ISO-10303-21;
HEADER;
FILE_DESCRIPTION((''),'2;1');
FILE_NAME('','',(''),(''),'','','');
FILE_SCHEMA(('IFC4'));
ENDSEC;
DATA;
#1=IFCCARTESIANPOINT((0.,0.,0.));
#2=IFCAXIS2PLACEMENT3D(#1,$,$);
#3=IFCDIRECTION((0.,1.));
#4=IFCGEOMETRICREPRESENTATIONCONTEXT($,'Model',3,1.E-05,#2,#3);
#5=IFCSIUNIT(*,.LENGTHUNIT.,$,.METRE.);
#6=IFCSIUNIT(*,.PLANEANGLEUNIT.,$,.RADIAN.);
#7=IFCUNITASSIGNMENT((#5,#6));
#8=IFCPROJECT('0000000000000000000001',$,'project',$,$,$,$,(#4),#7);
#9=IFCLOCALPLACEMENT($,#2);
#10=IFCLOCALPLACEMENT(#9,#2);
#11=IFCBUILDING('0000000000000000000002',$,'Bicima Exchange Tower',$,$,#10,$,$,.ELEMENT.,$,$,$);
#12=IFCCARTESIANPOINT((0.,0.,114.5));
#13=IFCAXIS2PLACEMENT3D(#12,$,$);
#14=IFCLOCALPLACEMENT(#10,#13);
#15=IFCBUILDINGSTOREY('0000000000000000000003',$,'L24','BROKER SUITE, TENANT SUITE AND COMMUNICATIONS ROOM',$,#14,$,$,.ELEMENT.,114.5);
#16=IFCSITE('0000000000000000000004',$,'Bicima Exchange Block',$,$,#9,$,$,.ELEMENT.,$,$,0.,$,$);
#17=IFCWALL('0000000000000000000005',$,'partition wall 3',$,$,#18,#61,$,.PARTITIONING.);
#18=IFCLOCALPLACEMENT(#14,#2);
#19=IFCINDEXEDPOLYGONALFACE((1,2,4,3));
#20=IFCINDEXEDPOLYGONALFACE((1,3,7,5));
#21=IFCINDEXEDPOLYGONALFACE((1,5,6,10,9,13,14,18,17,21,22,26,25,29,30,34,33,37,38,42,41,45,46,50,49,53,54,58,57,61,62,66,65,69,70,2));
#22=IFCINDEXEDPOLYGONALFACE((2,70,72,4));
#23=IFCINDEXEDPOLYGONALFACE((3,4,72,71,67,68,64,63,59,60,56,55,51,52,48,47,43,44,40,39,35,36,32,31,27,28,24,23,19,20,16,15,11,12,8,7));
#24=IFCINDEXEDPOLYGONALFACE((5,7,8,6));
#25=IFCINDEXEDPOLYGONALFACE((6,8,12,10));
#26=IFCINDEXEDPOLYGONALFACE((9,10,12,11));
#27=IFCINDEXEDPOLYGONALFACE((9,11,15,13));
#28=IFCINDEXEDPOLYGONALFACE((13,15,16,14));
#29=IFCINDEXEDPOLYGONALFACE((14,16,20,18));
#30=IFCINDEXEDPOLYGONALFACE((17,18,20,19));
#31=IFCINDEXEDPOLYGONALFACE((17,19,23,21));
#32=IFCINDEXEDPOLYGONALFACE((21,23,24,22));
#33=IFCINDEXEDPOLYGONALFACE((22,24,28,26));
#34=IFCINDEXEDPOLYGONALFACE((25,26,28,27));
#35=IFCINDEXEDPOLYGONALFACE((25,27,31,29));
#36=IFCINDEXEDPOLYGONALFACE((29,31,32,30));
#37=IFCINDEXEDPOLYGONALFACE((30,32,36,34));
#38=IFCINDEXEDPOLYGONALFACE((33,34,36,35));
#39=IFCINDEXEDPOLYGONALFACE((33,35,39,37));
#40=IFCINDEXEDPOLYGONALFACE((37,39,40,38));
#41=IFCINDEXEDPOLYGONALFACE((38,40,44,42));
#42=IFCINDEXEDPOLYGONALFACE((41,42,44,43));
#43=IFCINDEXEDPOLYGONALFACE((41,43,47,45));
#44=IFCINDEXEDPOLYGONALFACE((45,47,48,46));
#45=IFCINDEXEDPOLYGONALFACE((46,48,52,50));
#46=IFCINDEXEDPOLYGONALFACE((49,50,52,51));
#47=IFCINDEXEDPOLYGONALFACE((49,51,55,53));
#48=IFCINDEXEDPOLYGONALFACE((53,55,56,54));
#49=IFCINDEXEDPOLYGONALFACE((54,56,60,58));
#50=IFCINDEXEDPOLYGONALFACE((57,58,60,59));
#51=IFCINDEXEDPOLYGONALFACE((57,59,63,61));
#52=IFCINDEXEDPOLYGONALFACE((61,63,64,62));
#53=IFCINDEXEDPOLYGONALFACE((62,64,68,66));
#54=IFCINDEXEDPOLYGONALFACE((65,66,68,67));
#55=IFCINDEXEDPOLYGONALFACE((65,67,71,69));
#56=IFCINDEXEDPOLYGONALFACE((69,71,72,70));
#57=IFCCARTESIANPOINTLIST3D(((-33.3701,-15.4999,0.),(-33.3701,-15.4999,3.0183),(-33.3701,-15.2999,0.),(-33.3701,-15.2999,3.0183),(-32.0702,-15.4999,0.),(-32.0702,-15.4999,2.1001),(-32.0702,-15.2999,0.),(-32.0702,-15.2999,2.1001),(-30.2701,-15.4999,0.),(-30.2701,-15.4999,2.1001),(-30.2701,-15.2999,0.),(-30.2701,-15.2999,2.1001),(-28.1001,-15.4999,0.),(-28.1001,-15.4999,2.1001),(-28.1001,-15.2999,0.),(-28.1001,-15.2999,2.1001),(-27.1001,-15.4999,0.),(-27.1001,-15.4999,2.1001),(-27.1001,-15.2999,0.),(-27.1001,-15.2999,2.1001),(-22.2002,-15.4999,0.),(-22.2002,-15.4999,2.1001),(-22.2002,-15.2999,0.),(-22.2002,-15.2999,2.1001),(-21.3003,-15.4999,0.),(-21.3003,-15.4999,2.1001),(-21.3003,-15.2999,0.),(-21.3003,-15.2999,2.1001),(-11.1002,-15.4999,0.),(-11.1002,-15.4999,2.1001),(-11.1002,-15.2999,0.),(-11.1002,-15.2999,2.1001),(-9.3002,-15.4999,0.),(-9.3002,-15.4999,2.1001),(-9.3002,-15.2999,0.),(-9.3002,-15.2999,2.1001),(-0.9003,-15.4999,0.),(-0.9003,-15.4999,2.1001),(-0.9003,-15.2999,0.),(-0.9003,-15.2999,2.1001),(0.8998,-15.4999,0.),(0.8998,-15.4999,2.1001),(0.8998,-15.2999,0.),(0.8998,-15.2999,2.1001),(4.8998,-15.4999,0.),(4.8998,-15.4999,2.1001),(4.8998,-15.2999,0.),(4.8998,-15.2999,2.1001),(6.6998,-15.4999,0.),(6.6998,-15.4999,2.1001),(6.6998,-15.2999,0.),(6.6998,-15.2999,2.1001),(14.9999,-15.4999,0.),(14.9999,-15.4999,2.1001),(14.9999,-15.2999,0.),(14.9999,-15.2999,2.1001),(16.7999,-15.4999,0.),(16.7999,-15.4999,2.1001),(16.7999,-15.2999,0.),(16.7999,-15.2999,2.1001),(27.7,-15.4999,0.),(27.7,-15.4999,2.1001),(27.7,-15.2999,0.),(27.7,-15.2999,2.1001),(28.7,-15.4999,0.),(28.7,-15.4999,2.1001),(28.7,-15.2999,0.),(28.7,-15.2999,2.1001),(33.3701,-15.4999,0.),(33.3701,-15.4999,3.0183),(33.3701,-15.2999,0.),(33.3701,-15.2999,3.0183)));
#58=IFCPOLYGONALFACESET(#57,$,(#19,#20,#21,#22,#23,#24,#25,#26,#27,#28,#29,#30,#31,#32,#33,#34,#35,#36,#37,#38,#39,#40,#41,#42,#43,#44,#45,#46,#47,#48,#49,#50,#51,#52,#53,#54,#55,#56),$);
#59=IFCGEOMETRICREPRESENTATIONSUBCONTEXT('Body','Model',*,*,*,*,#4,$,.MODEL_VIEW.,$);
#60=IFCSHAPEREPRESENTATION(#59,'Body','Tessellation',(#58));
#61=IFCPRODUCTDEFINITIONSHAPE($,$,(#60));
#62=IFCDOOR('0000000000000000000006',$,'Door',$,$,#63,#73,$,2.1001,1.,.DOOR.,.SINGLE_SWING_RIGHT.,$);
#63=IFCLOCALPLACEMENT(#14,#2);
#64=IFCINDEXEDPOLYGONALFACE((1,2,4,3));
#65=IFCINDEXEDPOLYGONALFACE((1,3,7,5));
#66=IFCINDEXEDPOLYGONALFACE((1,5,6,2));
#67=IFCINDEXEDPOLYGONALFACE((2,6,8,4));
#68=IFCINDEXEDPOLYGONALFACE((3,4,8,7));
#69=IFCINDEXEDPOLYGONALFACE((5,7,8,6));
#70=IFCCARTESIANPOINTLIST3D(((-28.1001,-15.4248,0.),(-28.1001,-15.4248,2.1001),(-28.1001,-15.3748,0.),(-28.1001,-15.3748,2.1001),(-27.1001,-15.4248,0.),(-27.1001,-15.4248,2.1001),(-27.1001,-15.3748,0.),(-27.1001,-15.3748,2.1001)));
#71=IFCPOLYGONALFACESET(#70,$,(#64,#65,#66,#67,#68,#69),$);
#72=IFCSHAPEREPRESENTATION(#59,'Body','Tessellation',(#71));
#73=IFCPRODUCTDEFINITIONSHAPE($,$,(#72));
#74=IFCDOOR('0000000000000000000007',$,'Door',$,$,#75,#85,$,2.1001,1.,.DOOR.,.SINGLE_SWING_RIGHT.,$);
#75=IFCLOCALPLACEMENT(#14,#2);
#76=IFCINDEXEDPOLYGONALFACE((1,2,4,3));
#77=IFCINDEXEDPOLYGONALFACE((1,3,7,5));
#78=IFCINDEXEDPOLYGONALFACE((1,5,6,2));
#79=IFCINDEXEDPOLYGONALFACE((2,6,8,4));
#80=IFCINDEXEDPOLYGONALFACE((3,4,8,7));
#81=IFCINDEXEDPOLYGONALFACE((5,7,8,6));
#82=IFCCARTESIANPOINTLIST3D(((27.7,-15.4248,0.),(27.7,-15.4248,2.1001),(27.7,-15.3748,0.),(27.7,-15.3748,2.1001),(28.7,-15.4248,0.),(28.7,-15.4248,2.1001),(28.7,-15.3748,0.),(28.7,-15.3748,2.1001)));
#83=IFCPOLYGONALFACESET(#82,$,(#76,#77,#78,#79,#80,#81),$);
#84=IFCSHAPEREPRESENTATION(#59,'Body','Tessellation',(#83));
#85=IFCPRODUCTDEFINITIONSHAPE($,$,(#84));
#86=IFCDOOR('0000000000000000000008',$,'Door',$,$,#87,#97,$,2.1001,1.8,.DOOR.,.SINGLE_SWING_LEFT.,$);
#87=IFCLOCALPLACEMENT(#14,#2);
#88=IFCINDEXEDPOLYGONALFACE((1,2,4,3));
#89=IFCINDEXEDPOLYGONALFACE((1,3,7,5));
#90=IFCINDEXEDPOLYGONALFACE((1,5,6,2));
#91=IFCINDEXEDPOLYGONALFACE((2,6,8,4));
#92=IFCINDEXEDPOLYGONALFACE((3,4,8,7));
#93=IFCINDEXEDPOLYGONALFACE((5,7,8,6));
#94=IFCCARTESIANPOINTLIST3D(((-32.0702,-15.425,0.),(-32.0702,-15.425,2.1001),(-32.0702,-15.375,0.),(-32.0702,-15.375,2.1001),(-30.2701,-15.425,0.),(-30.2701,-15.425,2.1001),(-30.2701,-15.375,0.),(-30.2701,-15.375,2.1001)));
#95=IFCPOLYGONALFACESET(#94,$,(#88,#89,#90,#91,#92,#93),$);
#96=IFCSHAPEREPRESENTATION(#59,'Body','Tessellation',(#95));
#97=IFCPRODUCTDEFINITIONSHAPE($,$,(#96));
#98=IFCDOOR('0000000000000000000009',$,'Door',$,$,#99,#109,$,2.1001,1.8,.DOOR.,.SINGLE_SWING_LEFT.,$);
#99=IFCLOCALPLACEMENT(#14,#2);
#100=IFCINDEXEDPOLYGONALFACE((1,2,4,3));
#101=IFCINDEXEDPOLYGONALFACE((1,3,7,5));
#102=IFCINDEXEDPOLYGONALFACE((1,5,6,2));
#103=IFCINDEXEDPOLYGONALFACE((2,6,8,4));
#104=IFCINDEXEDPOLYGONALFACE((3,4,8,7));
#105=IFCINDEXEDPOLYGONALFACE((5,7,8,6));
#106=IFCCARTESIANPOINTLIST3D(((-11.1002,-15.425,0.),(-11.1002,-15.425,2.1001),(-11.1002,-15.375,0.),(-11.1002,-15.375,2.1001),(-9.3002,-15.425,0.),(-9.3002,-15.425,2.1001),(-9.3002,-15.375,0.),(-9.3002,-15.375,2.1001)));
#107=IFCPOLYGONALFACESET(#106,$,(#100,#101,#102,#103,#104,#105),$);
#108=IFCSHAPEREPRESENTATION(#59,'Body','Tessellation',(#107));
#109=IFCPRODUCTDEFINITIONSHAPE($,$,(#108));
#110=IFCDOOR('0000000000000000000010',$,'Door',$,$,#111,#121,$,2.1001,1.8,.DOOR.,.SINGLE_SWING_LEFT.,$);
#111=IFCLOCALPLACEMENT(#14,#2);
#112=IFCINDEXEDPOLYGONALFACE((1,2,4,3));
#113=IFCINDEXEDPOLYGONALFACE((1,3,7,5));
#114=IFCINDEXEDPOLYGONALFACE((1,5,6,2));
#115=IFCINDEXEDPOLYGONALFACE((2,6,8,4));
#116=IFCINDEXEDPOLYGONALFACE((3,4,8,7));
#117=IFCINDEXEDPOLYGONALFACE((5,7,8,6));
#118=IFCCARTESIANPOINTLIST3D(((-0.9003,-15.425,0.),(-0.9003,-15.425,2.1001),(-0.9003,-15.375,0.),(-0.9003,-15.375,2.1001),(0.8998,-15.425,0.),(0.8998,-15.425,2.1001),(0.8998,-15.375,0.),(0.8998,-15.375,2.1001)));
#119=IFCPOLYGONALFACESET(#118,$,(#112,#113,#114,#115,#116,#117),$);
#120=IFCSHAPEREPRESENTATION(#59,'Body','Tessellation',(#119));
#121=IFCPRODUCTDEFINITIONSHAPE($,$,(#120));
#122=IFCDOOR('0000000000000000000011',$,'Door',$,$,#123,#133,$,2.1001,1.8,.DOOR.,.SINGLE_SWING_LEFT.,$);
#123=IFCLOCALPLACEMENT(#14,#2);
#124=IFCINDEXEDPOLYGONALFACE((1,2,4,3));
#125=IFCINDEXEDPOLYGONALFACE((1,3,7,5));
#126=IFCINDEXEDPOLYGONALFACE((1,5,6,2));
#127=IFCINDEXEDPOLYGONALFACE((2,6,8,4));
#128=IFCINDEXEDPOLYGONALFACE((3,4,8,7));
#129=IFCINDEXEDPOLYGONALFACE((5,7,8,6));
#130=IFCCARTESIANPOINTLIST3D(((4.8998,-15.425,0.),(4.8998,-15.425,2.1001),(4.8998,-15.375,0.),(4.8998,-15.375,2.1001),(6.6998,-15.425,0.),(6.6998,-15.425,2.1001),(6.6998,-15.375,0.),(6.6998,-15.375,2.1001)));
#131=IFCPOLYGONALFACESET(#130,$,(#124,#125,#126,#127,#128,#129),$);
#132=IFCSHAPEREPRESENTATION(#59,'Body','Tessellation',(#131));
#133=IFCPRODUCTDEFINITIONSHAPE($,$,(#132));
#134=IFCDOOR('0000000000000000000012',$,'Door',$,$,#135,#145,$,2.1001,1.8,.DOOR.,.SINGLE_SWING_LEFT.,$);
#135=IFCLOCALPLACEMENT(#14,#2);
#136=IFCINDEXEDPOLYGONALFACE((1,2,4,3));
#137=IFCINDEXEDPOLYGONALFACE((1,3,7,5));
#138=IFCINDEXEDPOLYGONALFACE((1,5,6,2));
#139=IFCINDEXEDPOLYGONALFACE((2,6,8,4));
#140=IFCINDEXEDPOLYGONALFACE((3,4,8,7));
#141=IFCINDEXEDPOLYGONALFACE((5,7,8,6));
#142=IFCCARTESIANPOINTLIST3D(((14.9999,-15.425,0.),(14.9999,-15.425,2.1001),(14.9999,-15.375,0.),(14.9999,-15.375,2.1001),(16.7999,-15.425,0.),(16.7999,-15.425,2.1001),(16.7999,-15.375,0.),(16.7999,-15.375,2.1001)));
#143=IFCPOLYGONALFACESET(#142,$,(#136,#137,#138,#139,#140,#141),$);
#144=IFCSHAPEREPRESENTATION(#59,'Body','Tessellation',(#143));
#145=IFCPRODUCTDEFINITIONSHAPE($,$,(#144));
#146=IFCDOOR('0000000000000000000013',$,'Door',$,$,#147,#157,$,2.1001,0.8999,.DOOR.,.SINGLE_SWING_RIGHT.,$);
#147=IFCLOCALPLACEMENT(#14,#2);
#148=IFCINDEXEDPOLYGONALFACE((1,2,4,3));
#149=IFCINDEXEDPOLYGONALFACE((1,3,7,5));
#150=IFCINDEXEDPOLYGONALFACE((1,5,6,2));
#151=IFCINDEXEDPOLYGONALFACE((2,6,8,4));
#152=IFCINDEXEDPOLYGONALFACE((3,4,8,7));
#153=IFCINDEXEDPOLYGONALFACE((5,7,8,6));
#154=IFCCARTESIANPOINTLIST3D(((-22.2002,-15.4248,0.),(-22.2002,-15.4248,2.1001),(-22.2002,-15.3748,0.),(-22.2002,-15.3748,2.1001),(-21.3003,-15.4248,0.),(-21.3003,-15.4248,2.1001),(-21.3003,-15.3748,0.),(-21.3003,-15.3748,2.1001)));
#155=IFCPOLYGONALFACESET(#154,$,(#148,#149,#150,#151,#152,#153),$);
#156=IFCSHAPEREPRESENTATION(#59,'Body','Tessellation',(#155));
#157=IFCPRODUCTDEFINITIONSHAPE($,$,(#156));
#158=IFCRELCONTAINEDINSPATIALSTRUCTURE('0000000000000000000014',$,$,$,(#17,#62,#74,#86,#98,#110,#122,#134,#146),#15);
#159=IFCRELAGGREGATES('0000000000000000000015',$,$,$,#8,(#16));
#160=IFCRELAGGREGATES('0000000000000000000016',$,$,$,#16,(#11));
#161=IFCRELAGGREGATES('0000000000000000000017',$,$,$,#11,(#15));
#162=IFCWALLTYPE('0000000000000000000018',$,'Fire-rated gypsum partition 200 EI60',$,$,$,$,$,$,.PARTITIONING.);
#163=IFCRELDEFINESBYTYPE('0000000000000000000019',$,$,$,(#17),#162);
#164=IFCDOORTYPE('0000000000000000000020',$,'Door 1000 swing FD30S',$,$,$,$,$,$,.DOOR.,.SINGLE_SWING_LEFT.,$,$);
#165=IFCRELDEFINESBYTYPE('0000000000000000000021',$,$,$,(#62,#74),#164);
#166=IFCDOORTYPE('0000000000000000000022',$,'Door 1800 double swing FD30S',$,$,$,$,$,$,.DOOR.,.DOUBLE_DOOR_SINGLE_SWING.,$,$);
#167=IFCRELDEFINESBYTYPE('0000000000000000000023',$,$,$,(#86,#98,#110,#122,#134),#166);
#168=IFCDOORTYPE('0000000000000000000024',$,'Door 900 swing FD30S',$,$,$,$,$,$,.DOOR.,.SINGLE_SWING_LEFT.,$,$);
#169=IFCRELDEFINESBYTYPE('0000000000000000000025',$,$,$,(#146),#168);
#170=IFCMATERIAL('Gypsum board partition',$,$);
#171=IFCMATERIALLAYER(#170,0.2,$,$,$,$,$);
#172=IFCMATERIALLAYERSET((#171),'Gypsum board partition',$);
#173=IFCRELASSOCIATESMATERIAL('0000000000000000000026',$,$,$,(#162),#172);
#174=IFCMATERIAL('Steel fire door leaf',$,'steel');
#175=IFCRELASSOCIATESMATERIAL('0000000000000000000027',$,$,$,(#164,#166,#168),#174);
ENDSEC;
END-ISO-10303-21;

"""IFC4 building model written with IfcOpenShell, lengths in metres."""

from ifc_helpers import new_model, si_unit, direction, frame, frame_2d, origin, place, context, subcontext, project, spatial, rectangle, extrude, material, layer, layer_set, type_object, element, fill, save


model = new_model("IFC4")

# Units and contexts
model_context = context("Model", 3, precision=1e-05, world=origin(), true_north=direction((0.0, 1.0)))
body_context = subcontext(model_context, "Body", "Model", "MODEL_VIEW")
ifc_project = project(units=[si_unit("LENGTHUNIT", "METRE"), si_unit("PLANEANGLEUNIT", "RADIAN")], contexts=[model_context])

# Site, building, storey
site_placement = place(None, origin())
site = spatial("IfcSite", under=ifc_project, at=site_placement, Name="Bicima Exchange Block", CompositionType="ELEMENT", RefElevation=0.0)
building_placement = place(site_placement, origin())
building = spatial("IfcBuilding", under=site, at=building_placement, Name="Bicima Exchange Tower", CompositionType="ELEMENT")
storey_placement = place(building_placement, frame((0.0, 0.0, 114.5)))
storey = spatial("IfcBuildingStorey", under=building, at=storey_placement, Name="L24", Description="BROKER SUITE, TENANT SUITE AND COMMUNICATIONS ROOM", CompositionType="ELEMENT", Elevation=114.5)

# Wall, openings, doors
ifc_material_1 = material(Name="Gypsum board partition")
ifc_layer_1 = layer(ifc_material_1, 0.2)
ifc_layer_set_1 = layer_set([ifc_layer_1], Name="Gypsum board partition")
wall_type_1 = type_object("IfcWallType", Name="Fire-rated gypsum partition 200 EI60", PredefinedType="PARTITIONING", material=ifc_layer_set_1)
wall_1_placement = place(storey_placement, frame((-33.3701, -15.3999, 0.0), z_axis=(0.0, 0.0, 1.0), x_axis=(1.0, 0.0, 0.0)))
wall_1 = element("IfcWall", 1, at=wall_1_placement, inside=storey, type_object=wall_type_1, Name="partition wall 3", PredefinedType="PARTITIONING", context=body_context, shape_type="SweptSolid", body=[
    extrude(rectangle(XDim=66.7402, YDim=0.2, at=frame_2d((33.3701, 0.0))), origin(), (0.0, 0.0, 1.0), 3.0183),
])
opening_1_placement = place(wall_1_placement, frame((1.3, 0.0, 0.0)))
opening_1 = element("IfcOpeningElement", 2, at=opening_1_placement, cuts=wall_1, PredefinedType="OPENING", context=body_context, shape_type="SweptSolid", body=[
    extrude(rectangle(XDim=1.8, YDim=2.1001, at=frame_2d((0.8999, 1.05))), frame((0.0, 0.1118, 0.0), z_axis=(0.0, -1.0, 0.0), x_axis=(1.0, 0.0, 0.0)), (0.0, 0.0, 1.0), 0.2239),
])
opening_2_placement = place(wall_1_placement, frame((5.27, 0.0, 0.0)))
opening_2 = element("IfcOpeningElement", 3, at=opening_2_placement, cuts=wall_1, PredefinedType="OPENING", context=body_context, shape_type="SweptSolid", body=[
    extrude(rectangle(XDim=1.0, YDim=2.1001, at=frame_2d((0.5, 1.05))), frame((0.0, 0.1118, 0.0), z_axis=(0.0, -1.0, 0.0), x_axis=(1.0, 0.0, 0.0)), (0.0, 0.0, 1.0), 0.2239),
])
opening_3_placement = place(wall_1_placement, frame((11.1699, 0.0, 0.0)))
opening_3 = element("IfcOpeningElement", 4, at=opening_3_placement, cuts=wall_1, PredefinedType="OPENING", context=body_context, shape_type="SweptSolid", body=[
    extrude(rectangle(XDim=0.8999, YDim=2.1001, at=frame_2d((0.45, 1.05))), frame((0.0, 0.1118, 0.0), z_axis=(0.0, -1.0, 0.0), x_axis=(1.0, 0.0, 0.0)), (0.0, 0.0, 1.0), 0.2239),
])
opening_4_placement = place(wall_1_placement, frame((22.27, 0.0, 0.0)))
opening_4 = element("IfcOpeningElement", 5, at=opening_4_placement, cuts=wall_1, PredefinedType="OPENING", context=body_context, shape_type="SweptSolid", body=[
    extrude(rectangle(XDim=1.8, YDim=2.1001, at=frame_2d((0.8999, 1.05))), frame((0.0, 0.1118, 0.0), z_axis=(0.0, -1.0, 0.0), x_axis=(1.0, 0.0, 0.0)), (0.0, 0.0, 1.0), 0.2239),
])
opening_5_placement = place(wall_1_placement, frame((32.47, 0.0, 0.0)))
opening_5 = element("IfcOpeningElement", 6, at=opening_5_placement, cuts=wall_1, PredefinedType="OPENING", context=body_context, shape_type="SweptSolid", body=[
    extrude(rectangle(XDim=1.8, YDim=2.1001, at=frame_2d((0.8999, 1.05))), frame((0.0, 0.1118, 0.0), z_axis=(0.0, -1.0, 0.0), x_axis=(1.0, 0.0, 0.0)), (0.0, 0.0, 1.0), 0.2239),
])
opening_6_placement = place(wall_1_placement, frame((38.27, 0.0, 0.0)))
opening_6 = element("IfcOpeningElement", 7, at=opening_6_placement, cuts=wall_1, PredefinedType="OPENING", context=body_context, shape_type="SweptSolid", body=[
    extrude(rectangle(XDim=1.8, YDim=2.1001, at=frame_2d((0.8999, 1.05))), frame((0.0, 0.1118, 0.0), z_axis=(0.0, -1.0, 0.0), x_axis=(1.0, 0.0, 0.0)), (0.0, 0.0, 1.0), 0.2239),
])
opening_7_placement = place(wall_1_placement, frame((48.3701, 0.0, 0.0)))
opening_7 = element("IfcOpeningElement", 8, at=opening_7_placement, cuts=wall_1, PredefinedType="OPENING", context=body_context, shape_type="SweptSolid", body=[
    extrude(rectangle(XDim=1.8, YDim=2.1001, at=frame_2d((0.8999, 1.05))), frame((0.0, 0.1118, 0.0), z_axis=(0.0, -1.0, 0.0), x_axis=(1.0, 0.0, 0.0)), (0.0, 0.0, 1.0), 0.2239),
])
opening_8_placement = place(wall_1_placement, frame((61.0701, 0.0, 0.0)))
opening_8 = element("IfcOpeningElement", 9, at=opening_8_placement, cuts=wall_1, PredefinedType="OPENING", context=body_context, shape_type="SweptSolid", body=[
    extrude(rectangle(XDim=1.0, YDim=2.1001, at=frame_2d((0.5, 1.05))), frame((0.0, 0.1118, 0.0), z_axis=(0.0, -1.0, 0.0), x_axis=(1.0, 0.0, 0.0)), (0.0, 0.0, 1.0), 0.2239),
])
ifc_material_2 = material(Name="Steel fire door leaf", Category="steel")
door_type_1 = type_object("IfcDoorType", Name="Door 1000 swing FD30S", OperationType="SINGLE_SWING_LEFT", PredefinedType="DOOR", material=ifc_material_2)
door_1_placement = place(opening_2_placement, frame((1.0, 0.0, 0.0), z_axis=(0.0, 0.0, 1.0), x_axis=(-1.0, 0.0, 0.0)))
door_1 = element("IfcDoor", 10, at=door_1_placement, inside=storey, type_object=door_type_1, Name="Door", OperationType="SINGLE_SWING_RIGHT", OverallHeight=2.1001, OverallWidth=1.0, PredefinedType="DOOR", context=body_context, shape_type="SweptSolid", body=[
    extrude(rectangle(XDim=1.0, YDim=2.1001, at=frame_2d((0.5, 1.05))), frame((0.0, 0.0249, 0.0), z_axis=(0.0, -1.0, 0.0), x_axis=(1.0, 0.0, 0.0)), (0.0, 0.0, 1.0), 0.05),
])
fill(opening_2, door_1)
door_2_placement = place(opening_8_placement, frame((1.0, 0.0, 0.0), z_axis=(0.0, 0.0, 1.0), x_axis=(-1.0, 0.0, 0.0)))
door_2 = element("IfcDoor", 11, at=door_2_placement, inside=storey, type_object=door_type_1, Name="Door", OperationType="SINGLE_SWING_RIGHT", OverallHeight=2.1001, OverallWidth=1.0, PredefinedType="DOOR", context=body_context, shape_type="SweptSolid", body=[
    extrude(rectangle(XDim=1.0, YDim=2.1001, at=frame_2d((0.5, 1.05))), frame((0.0, 0.0249, 0.0), z_axis=(0.0, -1.0, 0.0), x_axis=(1.0, 0.0, 0.0)), (0.0, 0.0, 1.0), 0.05),
])
fill(opening_8, door_2)
door_type_2 = type_object("IfcDoorType", Name="Door 1800 double swing FD30S", OperationType="DOUBLE_DOOR_SINGLE_SWING", PredefinedType="DOOR", material=ifc_material_2)
door_3_placement = place(opening_1_placement, origin())
door_3 = element("IfcDoor", 12, at=door_3_placement, inside=storey, type_object=door_type_2, Name="Door", OperationType="SINGLE_SWING_LEFT", OverallHeight=2.1001, OverallWidth=1.8, PredefinedType="DOOR", context=body_context, shape_type="SweptSolid", body=[
    extrude(rectangle(XDim=1.8, YDim=2.1001, at=frame_2d((0.8999, 1.05))), frame((0.0, 0.0249, 0.0), z_axis=(0.0, -1.0, 0.0), x_axis=(1.0, 0.0, 0.0)), (0.0, 0.0, 1.0), 0.05),
])
fill(opening_1, door_3)
door_4_placement = place(opening_4_placement, origin())
door_4 = element("IfcDoor", 13, at=door_4_placement, inside=storey, type_object=door_type_2, Name="Door", OperationType="SINGLE_SWING_LEFT", OverallHeight=2.1001, OverallWidth=1.8, PredefinedType="DOOR", context=body_context, shape_type="SweptSolid", body=[
    extrude(rectangle(XDim=1.8, YDim=2.1001, at=frame_2d((0.8999, 1.05))), frame((0.0, 0.0249, 0.0), z_axis=(0.0, -1.0, 0.0), x_axis=(1.0, 0.0, 0.0)), (0.0, 0.0, 1.0), 0.05),
])
fill(opening_4, door_4)
door_5_placement = place(opening_5_placement, origin())
door_5 = element("IfcDoor", 14, at=door_5_placement, inside=storey, type_object=door_type_2, Name="Door", OperationType="SINGLE_SWING_LEFT", OverallHeight=2.1001, OverallWidth=1.8, PredefinedType="DOOR", context=body_context, shape_type="SweptSolid", body=[
    extrude(rectangle(XDim=1.8, YDim=2.1001, at=frame_2d((0.8999, 1.05))), frame((0.0, 0.0249, 0.0), z_axis=(0.0, -1.0, 0.0), x_axis=(1.0, 0.0, 0.0)), (0.0, 0.0, 1.0), 0.05),
])
fill(opening_5, door_5)
door_6_placement = place(opening_6_placement, origin())
door_6 = element("IfcDoor", 15, at=door_6_placement, inside=storey, type_object=door_type_2, Name="Door", OperationType="SINGLE_SWING_LEFT", OverallHeight=2.1001, OverallWidth=1.8, PredefinedType="DOOR", context=body_context, shape_type="SweptSolid", body=[
    extrude(rectangle(XDim=1.8, YDim=2.1001, at=frame_2d((0.8999, 1.05))), frame((0.0, 0.0249, 0.0), z_axis=(0.0, -1.0, 0.0), x_axis=(1.0, 0.0, 0.0)), (0.0, 0.0, 1.0), 0.05),
])
fill(opening_6, door_6)
door_7_placement = place(opening_7_placement, origin())
door_7 = element("IfcDoor", 16, at=door_7_placement, inside=storey, type_object=door_type_2, Name="Door", OperationType="SINGLE_SWING_LEFT", OverallHeight=2.1001, OverallWidth=1.8, PredefinedType="DOOR", context=body_context, shape_type="SweptSolid", body=[
    extrude(rectangle(XDim=1.8, YDim=2.1001, at=frame_2d((0.8999, 1.05))), frame((0.0, 0.0249, 0.0), z_axis=(0.0, -1.0, 0.0), x_axis=(1.0, 0.0, 0.0)), (0.0, 0.0, 1.0), 0.05),
])
fill(opening_7, door_7)
door_type_3 = type_object("IfcDoorType", Name="Door 900 swing FD30S", OperationType="SINGLE_SWING_LEFT", PredefinedType="DOOR", material=ifc_material_2)
door_8_placement = place(opening_3_placement, frame((0.8999, 0.0, 0.0), z_axis=(0.0, 0.0, 1.0), x_axis=(-1.0, 0.0, 0.0)))
door_8 = element("IfcDoor", 17, at=door_8_placement, inside=storey, type_object=door_type_3, Name="Door", OperationType="SINGLE_SWING_RIGHT", OverallHeight=2.1001, OverallWidth=0.8999, PredefinedType="DOOR", context=body_context, shape_type="SweptSolid", body=[
    extrude(rectangle(XDim=0.8999, YDim=2.1001, at=frame_2d((0.45, 1.05))), frame((0.0, 0.0249, 0.0), z_axis=(0.0, -1.0, 0.0), x_axis=(1.0, 0.0, 0.0)), (0.0, 0.0, 1.0), 0.05),
])
fill(opening_3, door_8)

save(model, "model.ifc")
